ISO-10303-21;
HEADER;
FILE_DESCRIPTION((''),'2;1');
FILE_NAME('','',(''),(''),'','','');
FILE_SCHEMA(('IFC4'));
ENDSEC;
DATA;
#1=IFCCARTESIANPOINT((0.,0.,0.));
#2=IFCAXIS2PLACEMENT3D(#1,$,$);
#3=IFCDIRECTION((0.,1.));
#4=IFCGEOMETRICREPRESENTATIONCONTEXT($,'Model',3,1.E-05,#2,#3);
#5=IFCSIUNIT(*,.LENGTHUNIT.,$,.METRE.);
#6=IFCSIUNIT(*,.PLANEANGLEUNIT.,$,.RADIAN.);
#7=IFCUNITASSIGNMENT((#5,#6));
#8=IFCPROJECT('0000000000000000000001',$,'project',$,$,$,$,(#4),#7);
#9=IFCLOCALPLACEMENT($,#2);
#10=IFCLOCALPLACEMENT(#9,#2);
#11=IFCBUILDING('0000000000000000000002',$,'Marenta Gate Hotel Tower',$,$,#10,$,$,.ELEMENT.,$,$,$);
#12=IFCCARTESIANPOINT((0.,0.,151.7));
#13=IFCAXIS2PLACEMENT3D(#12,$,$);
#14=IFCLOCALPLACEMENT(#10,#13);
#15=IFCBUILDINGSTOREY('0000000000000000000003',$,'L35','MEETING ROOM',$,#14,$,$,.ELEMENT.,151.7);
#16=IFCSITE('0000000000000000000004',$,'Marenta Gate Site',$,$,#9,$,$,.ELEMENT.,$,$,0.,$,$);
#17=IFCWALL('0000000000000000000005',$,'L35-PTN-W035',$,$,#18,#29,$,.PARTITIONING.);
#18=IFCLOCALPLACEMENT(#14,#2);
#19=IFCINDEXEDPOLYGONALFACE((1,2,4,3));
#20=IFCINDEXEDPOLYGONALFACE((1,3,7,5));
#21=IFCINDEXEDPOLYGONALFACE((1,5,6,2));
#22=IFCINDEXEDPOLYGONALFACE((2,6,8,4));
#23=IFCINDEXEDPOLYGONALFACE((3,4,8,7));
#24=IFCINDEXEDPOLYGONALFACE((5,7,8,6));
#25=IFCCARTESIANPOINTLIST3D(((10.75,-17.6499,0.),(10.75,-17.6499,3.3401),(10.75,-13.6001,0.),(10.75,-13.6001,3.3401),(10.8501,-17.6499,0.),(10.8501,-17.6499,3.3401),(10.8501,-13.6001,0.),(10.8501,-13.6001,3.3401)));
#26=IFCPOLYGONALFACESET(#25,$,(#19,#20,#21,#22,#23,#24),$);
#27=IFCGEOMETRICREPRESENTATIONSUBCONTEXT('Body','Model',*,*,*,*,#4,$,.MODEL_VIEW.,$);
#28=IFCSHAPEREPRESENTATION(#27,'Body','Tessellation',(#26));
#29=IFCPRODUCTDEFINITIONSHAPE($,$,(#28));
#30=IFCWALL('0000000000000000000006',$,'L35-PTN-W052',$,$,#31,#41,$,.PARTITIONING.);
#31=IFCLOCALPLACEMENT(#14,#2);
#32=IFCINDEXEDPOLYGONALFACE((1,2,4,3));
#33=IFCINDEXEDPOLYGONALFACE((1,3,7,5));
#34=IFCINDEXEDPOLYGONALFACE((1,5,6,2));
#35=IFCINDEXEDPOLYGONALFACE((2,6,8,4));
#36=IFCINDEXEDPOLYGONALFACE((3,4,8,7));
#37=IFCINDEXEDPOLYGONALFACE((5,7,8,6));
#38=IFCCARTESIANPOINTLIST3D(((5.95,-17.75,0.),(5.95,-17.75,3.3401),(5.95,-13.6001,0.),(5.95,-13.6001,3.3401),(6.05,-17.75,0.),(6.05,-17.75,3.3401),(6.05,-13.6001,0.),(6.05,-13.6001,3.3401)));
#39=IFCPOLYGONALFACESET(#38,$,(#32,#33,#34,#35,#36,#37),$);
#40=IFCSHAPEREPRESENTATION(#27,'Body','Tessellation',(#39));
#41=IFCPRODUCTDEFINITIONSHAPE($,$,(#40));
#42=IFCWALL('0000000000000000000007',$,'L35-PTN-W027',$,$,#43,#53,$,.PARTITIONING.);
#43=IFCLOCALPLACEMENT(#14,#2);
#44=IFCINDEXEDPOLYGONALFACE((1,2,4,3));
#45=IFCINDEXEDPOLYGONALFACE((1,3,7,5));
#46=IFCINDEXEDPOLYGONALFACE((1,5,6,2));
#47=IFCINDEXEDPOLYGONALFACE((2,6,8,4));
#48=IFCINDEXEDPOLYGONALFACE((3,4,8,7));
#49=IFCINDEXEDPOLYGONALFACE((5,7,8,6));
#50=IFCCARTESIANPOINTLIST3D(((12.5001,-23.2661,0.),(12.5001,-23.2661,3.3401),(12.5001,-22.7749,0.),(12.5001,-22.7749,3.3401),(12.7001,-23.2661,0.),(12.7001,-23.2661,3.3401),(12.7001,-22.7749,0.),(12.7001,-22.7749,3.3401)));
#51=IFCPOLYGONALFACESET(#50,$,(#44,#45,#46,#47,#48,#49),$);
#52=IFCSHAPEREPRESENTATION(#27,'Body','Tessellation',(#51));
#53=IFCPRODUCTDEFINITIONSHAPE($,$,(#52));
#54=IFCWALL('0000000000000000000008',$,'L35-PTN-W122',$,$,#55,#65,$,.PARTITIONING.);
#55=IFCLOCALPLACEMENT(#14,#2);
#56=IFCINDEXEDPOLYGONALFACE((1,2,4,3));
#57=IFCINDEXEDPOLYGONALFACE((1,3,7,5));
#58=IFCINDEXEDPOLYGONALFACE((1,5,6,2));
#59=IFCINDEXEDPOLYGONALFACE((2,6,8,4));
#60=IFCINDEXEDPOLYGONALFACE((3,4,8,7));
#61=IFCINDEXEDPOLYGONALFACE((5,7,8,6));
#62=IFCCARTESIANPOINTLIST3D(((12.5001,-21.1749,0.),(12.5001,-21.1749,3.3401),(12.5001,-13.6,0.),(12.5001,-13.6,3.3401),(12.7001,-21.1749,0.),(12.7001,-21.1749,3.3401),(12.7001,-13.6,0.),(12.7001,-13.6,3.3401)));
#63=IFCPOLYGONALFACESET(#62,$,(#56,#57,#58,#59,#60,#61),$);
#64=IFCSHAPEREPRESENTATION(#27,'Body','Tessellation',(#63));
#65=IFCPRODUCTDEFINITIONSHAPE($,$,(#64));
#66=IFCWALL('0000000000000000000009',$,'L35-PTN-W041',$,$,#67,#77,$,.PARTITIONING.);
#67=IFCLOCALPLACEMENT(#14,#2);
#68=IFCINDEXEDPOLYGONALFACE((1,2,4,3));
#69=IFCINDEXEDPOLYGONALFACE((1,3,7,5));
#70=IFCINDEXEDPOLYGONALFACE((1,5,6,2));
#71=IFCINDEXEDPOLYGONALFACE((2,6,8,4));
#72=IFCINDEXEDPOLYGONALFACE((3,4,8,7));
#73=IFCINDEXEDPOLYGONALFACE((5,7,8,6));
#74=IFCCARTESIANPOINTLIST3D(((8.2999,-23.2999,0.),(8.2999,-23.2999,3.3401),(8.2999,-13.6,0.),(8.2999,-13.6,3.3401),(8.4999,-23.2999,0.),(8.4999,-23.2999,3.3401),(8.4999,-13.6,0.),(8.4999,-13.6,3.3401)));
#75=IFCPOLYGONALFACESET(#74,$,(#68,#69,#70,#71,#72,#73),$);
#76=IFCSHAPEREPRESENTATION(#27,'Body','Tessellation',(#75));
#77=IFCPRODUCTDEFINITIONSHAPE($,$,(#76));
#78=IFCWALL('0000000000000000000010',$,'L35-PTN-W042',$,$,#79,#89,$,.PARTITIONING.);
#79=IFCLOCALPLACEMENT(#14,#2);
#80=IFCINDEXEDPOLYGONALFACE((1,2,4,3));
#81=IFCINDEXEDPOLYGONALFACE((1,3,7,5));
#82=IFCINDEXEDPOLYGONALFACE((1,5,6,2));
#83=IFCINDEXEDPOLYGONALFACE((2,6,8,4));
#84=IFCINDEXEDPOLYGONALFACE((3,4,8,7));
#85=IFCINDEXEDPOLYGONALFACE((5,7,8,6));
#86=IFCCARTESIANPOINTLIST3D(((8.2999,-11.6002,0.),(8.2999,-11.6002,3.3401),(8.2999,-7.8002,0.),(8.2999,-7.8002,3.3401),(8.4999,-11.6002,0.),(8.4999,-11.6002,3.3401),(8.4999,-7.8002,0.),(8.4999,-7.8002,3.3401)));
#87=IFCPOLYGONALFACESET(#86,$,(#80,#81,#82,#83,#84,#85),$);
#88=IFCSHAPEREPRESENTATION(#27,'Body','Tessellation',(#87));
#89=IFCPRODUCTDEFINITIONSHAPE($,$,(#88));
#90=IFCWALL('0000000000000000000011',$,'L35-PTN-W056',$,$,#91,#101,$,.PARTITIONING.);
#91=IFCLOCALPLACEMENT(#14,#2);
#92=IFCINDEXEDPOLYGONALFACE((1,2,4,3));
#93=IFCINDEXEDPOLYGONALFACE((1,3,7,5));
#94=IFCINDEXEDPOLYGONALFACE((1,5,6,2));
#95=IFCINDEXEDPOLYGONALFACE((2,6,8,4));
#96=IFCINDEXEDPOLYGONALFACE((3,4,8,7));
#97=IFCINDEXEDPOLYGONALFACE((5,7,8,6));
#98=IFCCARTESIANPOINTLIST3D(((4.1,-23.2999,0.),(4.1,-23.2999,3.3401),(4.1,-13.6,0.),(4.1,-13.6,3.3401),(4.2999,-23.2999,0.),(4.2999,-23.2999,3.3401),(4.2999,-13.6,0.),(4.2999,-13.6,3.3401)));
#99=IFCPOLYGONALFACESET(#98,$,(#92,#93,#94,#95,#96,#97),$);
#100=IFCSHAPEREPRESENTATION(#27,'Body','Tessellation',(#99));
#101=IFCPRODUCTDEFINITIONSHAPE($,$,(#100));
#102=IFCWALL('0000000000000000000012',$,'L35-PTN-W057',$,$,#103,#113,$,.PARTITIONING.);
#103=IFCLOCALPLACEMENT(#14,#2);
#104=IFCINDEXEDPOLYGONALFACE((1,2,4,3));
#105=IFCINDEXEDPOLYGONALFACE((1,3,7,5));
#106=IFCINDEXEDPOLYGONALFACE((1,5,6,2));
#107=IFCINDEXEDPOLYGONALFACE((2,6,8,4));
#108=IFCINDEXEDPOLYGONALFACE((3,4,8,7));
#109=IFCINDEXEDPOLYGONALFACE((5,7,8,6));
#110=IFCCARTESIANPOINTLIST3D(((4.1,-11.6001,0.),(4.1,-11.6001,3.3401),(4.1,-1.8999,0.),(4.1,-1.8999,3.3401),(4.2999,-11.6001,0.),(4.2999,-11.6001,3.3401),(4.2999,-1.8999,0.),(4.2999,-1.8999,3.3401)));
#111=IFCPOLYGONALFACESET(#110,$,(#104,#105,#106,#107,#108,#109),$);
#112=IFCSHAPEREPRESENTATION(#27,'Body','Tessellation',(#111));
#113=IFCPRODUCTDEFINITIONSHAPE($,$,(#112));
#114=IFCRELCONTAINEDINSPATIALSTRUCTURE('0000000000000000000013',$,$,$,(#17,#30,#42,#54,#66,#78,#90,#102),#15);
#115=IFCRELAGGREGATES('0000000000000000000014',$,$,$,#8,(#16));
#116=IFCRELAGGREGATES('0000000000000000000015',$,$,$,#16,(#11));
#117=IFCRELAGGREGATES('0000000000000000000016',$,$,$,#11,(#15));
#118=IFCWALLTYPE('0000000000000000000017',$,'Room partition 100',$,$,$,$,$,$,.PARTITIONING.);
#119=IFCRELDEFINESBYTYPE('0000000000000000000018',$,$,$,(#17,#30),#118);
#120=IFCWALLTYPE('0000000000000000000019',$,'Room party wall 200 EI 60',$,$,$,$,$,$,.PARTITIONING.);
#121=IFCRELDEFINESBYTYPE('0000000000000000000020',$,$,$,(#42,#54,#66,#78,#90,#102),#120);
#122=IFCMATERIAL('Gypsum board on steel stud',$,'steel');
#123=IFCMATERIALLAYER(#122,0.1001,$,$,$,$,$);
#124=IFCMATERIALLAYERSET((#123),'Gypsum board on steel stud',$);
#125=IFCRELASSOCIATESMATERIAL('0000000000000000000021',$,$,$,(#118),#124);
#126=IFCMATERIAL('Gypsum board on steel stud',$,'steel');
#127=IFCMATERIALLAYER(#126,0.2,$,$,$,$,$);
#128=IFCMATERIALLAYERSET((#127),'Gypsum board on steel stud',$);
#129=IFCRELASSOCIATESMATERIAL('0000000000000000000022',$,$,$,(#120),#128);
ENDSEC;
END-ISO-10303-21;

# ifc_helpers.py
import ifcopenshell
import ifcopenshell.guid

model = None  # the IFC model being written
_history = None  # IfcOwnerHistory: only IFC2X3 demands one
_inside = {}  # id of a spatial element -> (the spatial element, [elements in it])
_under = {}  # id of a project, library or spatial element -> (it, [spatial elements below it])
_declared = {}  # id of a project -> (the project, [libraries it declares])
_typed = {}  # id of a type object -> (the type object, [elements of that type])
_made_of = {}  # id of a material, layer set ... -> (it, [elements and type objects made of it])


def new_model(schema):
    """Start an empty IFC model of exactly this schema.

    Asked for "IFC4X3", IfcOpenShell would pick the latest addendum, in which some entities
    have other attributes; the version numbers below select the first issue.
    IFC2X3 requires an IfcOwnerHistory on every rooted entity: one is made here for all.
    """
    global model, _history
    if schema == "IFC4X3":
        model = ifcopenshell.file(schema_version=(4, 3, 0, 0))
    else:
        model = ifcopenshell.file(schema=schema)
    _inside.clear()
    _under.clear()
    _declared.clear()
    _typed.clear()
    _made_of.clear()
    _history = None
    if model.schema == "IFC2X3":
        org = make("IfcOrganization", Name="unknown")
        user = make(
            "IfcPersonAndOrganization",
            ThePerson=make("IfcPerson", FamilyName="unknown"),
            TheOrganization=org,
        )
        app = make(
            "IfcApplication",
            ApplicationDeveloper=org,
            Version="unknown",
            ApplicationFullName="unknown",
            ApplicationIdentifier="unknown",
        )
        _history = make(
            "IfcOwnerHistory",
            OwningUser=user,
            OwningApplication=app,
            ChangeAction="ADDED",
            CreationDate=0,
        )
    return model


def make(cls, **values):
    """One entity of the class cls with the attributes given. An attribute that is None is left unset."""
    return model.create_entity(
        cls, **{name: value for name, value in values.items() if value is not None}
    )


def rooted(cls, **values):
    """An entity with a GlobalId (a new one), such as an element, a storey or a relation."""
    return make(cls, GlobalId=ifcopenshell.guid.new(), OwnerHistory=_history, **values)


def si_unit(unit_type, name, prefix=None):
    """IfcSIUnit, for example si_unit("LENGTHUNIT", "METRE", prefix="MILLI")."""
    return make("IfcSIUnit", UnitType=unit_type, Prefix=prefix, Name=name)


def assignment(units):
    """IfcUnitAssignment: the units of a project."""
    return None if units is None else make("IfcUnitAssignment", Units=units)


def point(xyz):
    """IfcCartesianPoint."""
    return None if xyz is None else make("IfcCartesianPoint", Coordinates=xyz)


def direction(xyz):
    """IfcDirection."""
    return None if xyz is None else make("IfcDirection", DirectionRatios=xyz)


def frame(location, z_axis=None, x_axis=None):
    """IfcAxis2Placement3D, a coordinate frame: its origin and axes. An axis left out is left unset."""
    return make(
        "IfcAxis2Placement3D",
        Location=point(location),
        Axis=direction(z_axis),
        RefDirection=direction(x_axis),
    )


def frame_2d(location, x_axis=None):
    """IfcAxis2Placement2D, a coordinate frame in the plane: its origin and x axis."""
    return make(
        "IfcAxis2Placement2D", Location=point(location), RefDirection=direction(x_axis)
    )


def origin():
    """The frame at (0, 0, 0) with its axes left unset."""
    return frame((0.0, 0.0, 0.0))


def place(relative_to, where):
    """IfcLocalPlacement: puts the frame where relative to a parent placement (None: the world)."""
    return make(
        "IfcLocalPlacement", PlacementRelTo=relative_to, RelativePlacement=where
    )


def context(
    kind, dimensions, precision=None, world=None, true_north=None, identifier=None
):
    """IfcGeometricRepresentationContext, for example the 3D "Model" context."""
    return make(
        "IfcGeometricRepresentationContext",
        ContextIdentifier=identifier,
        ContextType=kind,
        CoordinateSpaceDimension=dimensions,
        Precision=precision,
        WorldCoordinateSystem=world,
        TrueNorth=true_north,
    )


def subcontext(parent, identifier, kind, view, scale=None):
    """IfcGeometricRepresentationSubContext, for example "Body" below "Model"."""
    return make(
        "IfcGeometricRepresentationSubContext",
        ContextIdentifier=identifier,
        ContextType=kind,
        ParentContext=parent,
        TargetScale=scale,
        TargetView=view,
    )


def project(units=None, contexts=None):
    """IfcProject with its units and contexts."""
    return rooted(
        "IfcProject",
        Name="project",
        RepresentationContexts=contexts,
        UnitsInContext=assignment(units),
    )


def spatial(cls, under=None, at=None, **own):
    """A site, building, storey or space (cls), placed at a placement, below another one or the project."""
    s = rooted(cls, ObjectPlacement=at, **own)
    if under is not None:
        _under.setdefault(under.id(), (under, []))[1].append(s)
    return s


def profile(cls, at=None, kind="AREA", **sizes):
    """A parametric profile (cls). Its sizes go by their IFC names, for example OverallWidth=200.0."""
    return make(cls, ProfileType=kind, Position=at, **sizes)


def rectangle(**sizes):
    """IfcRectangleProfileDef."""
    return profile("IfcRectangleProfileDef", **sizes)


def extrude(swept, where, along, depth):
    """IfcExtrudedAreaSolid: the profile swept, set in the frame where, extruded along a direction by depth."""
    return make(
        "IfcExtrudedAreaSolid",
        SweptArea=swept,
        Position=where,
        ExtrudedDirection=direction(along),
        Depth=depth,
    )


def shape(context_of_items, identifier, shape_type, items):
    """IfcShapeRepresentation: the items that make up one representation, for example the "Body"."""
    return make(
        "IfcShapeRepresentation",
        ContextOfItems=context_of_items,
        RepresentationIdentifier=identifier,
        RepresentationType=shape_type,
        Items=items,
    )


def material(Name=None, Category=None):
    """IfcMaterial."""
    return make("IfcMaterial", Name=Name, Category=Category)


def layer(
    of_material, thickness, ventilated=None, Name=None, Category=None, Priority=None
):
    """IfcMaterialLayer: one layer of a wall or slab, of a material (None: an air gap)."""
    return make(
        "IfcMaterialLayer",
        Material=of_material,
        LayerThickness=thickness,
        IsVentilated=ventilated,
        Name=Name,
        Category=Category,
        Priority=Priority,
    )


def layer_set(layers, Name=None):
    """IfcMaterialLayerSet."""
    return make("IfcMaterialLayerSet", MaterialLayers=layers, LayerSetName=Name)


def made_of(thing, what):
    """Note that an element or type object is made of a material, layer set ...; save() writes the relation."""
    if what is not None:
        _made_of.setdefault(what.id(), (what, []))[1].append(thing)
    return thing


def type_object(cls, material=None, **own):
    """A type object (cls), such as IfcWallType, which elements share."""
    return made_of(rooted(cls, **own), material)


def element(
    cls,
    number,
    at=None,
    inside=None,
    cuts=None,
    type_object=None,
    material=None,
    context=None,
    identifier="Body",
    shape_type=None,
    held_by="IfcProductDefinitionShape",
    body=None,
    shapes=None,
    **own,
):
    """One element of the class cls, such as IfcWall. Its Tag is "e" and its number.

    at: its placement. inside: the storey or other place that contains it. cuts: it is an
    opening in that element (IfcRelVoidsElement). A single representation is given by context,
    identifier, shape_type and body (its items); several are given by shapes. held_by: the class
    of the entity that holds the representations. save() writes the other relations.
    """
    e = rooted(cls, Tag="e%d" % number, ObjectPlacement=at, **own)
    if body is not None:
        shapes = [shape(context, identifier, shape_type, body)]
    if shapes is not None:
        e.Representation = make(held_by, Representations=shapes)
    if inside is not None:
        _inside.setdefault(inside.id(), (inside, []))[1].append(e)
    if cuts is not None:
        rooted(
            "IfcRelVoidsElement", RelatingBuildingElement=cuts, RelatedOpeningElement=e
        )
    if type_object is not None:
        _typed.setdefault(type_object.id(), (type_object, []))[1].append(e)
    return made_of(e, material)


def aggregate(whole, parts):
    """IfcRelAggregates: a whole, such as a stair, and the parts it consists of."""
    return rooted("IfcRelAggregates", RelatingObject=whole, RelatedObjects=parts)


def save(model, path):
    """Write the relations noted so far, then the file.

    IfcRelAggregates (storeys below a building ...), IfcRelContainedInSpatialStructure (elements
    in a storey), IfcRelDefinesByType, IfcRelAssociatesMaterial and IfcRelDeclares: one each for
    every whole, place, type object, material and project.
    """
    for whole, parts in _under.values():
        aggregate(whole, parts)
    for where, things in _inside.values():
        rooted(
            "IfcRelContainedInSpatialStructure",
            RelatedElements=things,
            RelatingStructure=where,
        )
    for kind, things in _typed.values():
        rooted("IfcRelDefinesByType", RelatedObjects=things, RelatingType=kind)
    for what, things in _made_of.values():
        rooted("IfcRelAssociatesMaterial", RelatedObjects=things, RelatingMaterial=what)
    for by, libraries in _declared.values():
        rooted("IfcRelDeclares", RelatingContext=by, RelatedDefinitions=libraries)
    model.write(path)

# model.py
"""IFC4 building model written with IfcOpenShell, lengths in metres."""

from ifc_helpers import new_model, si_unit, direction, frame, frame_2d, origin, place, context, subcontext, project, spatial, rectangle, extrude, material, layer, layer_set, type_object, element, save


model = new_model("IFC4")

# Units and contexts
model_context = context("Model", 3, precision=1e-05, world=origin(), true_north=direction((0.0, 1.0)))
body_context = subcontext(model_context, "Body", "Model", "MODEL_VIEW")
ifc_project = project(units=[si_unit("LENGTHUNIT", "METRE"), si_unit("PLANEANGLEUNIT", "RADIAN")], contexts=[model_context])

# Site, building, storey
site_placement = place(None, origin())
site = spatial("IfcSite", under=ifc_project, at=site_placement, Name="Marenta Gate Site", CompositionType="ELEMENT", RefElevation=0.0)
building_placement = place(site_placement, origin())
building = spatial("IfcBuilding", under=site, at=building_placement, Name="Marenta Gate Hotel Tower", CompositionType="ELEMENT")
storey_placement = place(building_placement, frame((0.0, 0.0, 151.7)))
storey = spatial("IfcBuildingStorey", under=building, at=storey_placement, Name="L35", Description="MEETING ROOM", CompositionType="ELEMENT", Elevation=151.7)

# Shared definitions
ifc_material_1 = material(Name="Gypsum board on steel stud", Category="steel")
ifc_layer_1 = layer(ifc_material_1, 0.1001)
ifc_layer_set_1 = layer_set([ifc_layer_1], Name="Gypsum board on steel stud")
wall_type_1 = type_object("IfcWallType", Name="Room partition 100", PredefinedType="PARTITIONING", material=ifc_layer_set_1)

# Walls
wall_1_placement = place(storey_placement, frame((10.8, -17.6499, 0.0), z_axis=(0.0, 0.0, 1.0), x_axis=(0.0, 1.0, 0.0)))
element("IfcWall", 1, at=wall_1_placement, inside=storey, type_object=wall_type_1, Name="L35-PTN-W035", PredefinedType="PARTITIONING", context=body_context, shape_type="SweptSolid", body=[
    extrude(rectangle(XDim=4.0498, YDim=0.1001, at=frame_2d((2.0249, 0.0))), origin(), (0.0, 0.0, 1.0), 3.3401),
])
wall_2_placement = place(storey_placement, frame((6.0, -17.75, 0.0), z_axis=(0.0, 0.0, 1.0), x_axis=(0.0, 1.0, 0.0)))
element("IfcWall", 2, at=wall_2_placement, inside=storey, type_object=wall_type_1, Name="L35-PTN-W052", PredefinedType="PARTITIONING", context=body_context, shape_type="SweptSolid", body=[
    extrude(rectangle(XDim=4.1499, YDim=0.1001, at=frame_2d((2.075, 0.0))), origin(), (0.0, 0.0, 1.0), 3.3401),
])
ifc_material_2 = material(Name="Gypsum board on steel stud", Category="steel")
ifc_layer_2 = layer(ifc_material_2, 0.2)
ifc_layer_set_2 = layer_set([ifc_layer_2], Name="Gypsum board on steel stud")
wall_type_2 = type_object("IfcWallType", Name="Room party wall 200 EI 60", PredefinedType="PARTITIONING", material=ifc_layer_set_2)
wall_3_placement = place(storey_placement, frame((12.6001, -23.2661, 0.0), z_axis=(0.0, 0.0, 1.0), x_axis=(0.0, 1.0, 0.0)))
element("IfcWall", 3, at=wall_3_placement, inside=storey, type_object=wall_type_2, Name="L35-PTN-W027", PredefinedType="PARTITIONING", context=body_context, shape_type="SweptSolid", body=[
    extrude(rectangle(XDim=0.4912, YDim=0.2, at=frame_2d((0.2456, 0.0))), origin(), (0.0, 0.0, 1.0), 3.3401),
])
wall_4_placement = place(storey_placement, frame((12.6001, -21.175, 0.0), z_axis=(0.0, 0.0, 1.0), x_axis=(0.0, 1.0, 0.0)))
element("IfcWall", 4, at=wall_4_placement, inside=storey, type_object=wall_type_2, Name="L35-PTN-W122", PredefinedType="PARTITIONING", context=body_context, shape_type="SweptSolid", body=[
    extrude(rectangle(XDim=7.575, YDim=0.2, at=frame_2d((3.7876, 0.0))), origin(), (0.0, 0.0, 1.0), 3.3401),
])
wall_5_placement = place(storey_placement, frame((8.3999, -23.3, 0.0), z_axis=(0.0, 0.0, 1.0), x_axis=(0.0, 1.0, 0.0)))
element("IfcWall", 5, at=wall_5_placement, inside=storey, type_object=wall_type_2, Name="L35-PTN-W041", PredefinedType="PARTITIONING", context=body_context, shape_type="SweptSolid", body=[
    extrude(rectangle(XDim=9.7, YDim=0.2, at=frame_2d((4.8501, 0.0))), origin(), (0.0, 0.0, 1.0), 3.3401),
])
wall_6_placement = place(storey_placement, frame((8.3999, -11.6001, 0.0), z_axis=(0.0, 0.0, 1.0), x_axis=(0.0, 1.0, 0.0)))
element("IfcWall", 6, at=wall_6_placement, inside=storey, type_object=wall_type_2, Name="L35-PTN-W042", PredefinedType="PARTITIONING", context=body_context, shape_type="SweptSolid", body=[
    extrude(rectangle(XDim=3.8, YDim=0.2, at=frame_2d((1.8999, 0.0))), origin(), (0.0, 0.0, 1.0), 3.3401),
])
wall_7_placement = place(storey_placement, frame((4.2, -23.3, 0.0), z_axis=(0.0, 0.0, 1.0), x_axis=(0.0, 1.0, 0.0)))
element("IfcWall", 7, at=wall_7_placement, inside=storey, type_object=wall_type_2, Name="L35-PTN-W056", PredefinedType="PARTITIONING", context=body_context, shape_type="SweptSolid", body=[
    extrude(rectangle(XDim=9.7, YDim=0.2, at=frame_2d((4.8501, 0.0))), origin(), (0.0, 0.0, 1.0), 3.3401),
])
wall_8_placement = place(storey_placement, frame((4.2, -11.6001, 0.0), z_axis=(0.0, 0.0, 1.0), x_axis=(0.0, 1.0, 0.0)))
element("IfcWall", 8, at=wall_8_placement, inside=storey, type_object=wall_type_2, Name="L35-PTN-W057", PredefinedType="PARTITIONING", context=body_context, shape_type="SweptSolid", body=[
    extrude(rectangle(XDim=9.7002, YDim=0.2, at=frame_2d((4.8501, 0.0))), origin(), (0.0, 0.0, 1.0), 3.3401),
])

save(model, "model.ifc")
